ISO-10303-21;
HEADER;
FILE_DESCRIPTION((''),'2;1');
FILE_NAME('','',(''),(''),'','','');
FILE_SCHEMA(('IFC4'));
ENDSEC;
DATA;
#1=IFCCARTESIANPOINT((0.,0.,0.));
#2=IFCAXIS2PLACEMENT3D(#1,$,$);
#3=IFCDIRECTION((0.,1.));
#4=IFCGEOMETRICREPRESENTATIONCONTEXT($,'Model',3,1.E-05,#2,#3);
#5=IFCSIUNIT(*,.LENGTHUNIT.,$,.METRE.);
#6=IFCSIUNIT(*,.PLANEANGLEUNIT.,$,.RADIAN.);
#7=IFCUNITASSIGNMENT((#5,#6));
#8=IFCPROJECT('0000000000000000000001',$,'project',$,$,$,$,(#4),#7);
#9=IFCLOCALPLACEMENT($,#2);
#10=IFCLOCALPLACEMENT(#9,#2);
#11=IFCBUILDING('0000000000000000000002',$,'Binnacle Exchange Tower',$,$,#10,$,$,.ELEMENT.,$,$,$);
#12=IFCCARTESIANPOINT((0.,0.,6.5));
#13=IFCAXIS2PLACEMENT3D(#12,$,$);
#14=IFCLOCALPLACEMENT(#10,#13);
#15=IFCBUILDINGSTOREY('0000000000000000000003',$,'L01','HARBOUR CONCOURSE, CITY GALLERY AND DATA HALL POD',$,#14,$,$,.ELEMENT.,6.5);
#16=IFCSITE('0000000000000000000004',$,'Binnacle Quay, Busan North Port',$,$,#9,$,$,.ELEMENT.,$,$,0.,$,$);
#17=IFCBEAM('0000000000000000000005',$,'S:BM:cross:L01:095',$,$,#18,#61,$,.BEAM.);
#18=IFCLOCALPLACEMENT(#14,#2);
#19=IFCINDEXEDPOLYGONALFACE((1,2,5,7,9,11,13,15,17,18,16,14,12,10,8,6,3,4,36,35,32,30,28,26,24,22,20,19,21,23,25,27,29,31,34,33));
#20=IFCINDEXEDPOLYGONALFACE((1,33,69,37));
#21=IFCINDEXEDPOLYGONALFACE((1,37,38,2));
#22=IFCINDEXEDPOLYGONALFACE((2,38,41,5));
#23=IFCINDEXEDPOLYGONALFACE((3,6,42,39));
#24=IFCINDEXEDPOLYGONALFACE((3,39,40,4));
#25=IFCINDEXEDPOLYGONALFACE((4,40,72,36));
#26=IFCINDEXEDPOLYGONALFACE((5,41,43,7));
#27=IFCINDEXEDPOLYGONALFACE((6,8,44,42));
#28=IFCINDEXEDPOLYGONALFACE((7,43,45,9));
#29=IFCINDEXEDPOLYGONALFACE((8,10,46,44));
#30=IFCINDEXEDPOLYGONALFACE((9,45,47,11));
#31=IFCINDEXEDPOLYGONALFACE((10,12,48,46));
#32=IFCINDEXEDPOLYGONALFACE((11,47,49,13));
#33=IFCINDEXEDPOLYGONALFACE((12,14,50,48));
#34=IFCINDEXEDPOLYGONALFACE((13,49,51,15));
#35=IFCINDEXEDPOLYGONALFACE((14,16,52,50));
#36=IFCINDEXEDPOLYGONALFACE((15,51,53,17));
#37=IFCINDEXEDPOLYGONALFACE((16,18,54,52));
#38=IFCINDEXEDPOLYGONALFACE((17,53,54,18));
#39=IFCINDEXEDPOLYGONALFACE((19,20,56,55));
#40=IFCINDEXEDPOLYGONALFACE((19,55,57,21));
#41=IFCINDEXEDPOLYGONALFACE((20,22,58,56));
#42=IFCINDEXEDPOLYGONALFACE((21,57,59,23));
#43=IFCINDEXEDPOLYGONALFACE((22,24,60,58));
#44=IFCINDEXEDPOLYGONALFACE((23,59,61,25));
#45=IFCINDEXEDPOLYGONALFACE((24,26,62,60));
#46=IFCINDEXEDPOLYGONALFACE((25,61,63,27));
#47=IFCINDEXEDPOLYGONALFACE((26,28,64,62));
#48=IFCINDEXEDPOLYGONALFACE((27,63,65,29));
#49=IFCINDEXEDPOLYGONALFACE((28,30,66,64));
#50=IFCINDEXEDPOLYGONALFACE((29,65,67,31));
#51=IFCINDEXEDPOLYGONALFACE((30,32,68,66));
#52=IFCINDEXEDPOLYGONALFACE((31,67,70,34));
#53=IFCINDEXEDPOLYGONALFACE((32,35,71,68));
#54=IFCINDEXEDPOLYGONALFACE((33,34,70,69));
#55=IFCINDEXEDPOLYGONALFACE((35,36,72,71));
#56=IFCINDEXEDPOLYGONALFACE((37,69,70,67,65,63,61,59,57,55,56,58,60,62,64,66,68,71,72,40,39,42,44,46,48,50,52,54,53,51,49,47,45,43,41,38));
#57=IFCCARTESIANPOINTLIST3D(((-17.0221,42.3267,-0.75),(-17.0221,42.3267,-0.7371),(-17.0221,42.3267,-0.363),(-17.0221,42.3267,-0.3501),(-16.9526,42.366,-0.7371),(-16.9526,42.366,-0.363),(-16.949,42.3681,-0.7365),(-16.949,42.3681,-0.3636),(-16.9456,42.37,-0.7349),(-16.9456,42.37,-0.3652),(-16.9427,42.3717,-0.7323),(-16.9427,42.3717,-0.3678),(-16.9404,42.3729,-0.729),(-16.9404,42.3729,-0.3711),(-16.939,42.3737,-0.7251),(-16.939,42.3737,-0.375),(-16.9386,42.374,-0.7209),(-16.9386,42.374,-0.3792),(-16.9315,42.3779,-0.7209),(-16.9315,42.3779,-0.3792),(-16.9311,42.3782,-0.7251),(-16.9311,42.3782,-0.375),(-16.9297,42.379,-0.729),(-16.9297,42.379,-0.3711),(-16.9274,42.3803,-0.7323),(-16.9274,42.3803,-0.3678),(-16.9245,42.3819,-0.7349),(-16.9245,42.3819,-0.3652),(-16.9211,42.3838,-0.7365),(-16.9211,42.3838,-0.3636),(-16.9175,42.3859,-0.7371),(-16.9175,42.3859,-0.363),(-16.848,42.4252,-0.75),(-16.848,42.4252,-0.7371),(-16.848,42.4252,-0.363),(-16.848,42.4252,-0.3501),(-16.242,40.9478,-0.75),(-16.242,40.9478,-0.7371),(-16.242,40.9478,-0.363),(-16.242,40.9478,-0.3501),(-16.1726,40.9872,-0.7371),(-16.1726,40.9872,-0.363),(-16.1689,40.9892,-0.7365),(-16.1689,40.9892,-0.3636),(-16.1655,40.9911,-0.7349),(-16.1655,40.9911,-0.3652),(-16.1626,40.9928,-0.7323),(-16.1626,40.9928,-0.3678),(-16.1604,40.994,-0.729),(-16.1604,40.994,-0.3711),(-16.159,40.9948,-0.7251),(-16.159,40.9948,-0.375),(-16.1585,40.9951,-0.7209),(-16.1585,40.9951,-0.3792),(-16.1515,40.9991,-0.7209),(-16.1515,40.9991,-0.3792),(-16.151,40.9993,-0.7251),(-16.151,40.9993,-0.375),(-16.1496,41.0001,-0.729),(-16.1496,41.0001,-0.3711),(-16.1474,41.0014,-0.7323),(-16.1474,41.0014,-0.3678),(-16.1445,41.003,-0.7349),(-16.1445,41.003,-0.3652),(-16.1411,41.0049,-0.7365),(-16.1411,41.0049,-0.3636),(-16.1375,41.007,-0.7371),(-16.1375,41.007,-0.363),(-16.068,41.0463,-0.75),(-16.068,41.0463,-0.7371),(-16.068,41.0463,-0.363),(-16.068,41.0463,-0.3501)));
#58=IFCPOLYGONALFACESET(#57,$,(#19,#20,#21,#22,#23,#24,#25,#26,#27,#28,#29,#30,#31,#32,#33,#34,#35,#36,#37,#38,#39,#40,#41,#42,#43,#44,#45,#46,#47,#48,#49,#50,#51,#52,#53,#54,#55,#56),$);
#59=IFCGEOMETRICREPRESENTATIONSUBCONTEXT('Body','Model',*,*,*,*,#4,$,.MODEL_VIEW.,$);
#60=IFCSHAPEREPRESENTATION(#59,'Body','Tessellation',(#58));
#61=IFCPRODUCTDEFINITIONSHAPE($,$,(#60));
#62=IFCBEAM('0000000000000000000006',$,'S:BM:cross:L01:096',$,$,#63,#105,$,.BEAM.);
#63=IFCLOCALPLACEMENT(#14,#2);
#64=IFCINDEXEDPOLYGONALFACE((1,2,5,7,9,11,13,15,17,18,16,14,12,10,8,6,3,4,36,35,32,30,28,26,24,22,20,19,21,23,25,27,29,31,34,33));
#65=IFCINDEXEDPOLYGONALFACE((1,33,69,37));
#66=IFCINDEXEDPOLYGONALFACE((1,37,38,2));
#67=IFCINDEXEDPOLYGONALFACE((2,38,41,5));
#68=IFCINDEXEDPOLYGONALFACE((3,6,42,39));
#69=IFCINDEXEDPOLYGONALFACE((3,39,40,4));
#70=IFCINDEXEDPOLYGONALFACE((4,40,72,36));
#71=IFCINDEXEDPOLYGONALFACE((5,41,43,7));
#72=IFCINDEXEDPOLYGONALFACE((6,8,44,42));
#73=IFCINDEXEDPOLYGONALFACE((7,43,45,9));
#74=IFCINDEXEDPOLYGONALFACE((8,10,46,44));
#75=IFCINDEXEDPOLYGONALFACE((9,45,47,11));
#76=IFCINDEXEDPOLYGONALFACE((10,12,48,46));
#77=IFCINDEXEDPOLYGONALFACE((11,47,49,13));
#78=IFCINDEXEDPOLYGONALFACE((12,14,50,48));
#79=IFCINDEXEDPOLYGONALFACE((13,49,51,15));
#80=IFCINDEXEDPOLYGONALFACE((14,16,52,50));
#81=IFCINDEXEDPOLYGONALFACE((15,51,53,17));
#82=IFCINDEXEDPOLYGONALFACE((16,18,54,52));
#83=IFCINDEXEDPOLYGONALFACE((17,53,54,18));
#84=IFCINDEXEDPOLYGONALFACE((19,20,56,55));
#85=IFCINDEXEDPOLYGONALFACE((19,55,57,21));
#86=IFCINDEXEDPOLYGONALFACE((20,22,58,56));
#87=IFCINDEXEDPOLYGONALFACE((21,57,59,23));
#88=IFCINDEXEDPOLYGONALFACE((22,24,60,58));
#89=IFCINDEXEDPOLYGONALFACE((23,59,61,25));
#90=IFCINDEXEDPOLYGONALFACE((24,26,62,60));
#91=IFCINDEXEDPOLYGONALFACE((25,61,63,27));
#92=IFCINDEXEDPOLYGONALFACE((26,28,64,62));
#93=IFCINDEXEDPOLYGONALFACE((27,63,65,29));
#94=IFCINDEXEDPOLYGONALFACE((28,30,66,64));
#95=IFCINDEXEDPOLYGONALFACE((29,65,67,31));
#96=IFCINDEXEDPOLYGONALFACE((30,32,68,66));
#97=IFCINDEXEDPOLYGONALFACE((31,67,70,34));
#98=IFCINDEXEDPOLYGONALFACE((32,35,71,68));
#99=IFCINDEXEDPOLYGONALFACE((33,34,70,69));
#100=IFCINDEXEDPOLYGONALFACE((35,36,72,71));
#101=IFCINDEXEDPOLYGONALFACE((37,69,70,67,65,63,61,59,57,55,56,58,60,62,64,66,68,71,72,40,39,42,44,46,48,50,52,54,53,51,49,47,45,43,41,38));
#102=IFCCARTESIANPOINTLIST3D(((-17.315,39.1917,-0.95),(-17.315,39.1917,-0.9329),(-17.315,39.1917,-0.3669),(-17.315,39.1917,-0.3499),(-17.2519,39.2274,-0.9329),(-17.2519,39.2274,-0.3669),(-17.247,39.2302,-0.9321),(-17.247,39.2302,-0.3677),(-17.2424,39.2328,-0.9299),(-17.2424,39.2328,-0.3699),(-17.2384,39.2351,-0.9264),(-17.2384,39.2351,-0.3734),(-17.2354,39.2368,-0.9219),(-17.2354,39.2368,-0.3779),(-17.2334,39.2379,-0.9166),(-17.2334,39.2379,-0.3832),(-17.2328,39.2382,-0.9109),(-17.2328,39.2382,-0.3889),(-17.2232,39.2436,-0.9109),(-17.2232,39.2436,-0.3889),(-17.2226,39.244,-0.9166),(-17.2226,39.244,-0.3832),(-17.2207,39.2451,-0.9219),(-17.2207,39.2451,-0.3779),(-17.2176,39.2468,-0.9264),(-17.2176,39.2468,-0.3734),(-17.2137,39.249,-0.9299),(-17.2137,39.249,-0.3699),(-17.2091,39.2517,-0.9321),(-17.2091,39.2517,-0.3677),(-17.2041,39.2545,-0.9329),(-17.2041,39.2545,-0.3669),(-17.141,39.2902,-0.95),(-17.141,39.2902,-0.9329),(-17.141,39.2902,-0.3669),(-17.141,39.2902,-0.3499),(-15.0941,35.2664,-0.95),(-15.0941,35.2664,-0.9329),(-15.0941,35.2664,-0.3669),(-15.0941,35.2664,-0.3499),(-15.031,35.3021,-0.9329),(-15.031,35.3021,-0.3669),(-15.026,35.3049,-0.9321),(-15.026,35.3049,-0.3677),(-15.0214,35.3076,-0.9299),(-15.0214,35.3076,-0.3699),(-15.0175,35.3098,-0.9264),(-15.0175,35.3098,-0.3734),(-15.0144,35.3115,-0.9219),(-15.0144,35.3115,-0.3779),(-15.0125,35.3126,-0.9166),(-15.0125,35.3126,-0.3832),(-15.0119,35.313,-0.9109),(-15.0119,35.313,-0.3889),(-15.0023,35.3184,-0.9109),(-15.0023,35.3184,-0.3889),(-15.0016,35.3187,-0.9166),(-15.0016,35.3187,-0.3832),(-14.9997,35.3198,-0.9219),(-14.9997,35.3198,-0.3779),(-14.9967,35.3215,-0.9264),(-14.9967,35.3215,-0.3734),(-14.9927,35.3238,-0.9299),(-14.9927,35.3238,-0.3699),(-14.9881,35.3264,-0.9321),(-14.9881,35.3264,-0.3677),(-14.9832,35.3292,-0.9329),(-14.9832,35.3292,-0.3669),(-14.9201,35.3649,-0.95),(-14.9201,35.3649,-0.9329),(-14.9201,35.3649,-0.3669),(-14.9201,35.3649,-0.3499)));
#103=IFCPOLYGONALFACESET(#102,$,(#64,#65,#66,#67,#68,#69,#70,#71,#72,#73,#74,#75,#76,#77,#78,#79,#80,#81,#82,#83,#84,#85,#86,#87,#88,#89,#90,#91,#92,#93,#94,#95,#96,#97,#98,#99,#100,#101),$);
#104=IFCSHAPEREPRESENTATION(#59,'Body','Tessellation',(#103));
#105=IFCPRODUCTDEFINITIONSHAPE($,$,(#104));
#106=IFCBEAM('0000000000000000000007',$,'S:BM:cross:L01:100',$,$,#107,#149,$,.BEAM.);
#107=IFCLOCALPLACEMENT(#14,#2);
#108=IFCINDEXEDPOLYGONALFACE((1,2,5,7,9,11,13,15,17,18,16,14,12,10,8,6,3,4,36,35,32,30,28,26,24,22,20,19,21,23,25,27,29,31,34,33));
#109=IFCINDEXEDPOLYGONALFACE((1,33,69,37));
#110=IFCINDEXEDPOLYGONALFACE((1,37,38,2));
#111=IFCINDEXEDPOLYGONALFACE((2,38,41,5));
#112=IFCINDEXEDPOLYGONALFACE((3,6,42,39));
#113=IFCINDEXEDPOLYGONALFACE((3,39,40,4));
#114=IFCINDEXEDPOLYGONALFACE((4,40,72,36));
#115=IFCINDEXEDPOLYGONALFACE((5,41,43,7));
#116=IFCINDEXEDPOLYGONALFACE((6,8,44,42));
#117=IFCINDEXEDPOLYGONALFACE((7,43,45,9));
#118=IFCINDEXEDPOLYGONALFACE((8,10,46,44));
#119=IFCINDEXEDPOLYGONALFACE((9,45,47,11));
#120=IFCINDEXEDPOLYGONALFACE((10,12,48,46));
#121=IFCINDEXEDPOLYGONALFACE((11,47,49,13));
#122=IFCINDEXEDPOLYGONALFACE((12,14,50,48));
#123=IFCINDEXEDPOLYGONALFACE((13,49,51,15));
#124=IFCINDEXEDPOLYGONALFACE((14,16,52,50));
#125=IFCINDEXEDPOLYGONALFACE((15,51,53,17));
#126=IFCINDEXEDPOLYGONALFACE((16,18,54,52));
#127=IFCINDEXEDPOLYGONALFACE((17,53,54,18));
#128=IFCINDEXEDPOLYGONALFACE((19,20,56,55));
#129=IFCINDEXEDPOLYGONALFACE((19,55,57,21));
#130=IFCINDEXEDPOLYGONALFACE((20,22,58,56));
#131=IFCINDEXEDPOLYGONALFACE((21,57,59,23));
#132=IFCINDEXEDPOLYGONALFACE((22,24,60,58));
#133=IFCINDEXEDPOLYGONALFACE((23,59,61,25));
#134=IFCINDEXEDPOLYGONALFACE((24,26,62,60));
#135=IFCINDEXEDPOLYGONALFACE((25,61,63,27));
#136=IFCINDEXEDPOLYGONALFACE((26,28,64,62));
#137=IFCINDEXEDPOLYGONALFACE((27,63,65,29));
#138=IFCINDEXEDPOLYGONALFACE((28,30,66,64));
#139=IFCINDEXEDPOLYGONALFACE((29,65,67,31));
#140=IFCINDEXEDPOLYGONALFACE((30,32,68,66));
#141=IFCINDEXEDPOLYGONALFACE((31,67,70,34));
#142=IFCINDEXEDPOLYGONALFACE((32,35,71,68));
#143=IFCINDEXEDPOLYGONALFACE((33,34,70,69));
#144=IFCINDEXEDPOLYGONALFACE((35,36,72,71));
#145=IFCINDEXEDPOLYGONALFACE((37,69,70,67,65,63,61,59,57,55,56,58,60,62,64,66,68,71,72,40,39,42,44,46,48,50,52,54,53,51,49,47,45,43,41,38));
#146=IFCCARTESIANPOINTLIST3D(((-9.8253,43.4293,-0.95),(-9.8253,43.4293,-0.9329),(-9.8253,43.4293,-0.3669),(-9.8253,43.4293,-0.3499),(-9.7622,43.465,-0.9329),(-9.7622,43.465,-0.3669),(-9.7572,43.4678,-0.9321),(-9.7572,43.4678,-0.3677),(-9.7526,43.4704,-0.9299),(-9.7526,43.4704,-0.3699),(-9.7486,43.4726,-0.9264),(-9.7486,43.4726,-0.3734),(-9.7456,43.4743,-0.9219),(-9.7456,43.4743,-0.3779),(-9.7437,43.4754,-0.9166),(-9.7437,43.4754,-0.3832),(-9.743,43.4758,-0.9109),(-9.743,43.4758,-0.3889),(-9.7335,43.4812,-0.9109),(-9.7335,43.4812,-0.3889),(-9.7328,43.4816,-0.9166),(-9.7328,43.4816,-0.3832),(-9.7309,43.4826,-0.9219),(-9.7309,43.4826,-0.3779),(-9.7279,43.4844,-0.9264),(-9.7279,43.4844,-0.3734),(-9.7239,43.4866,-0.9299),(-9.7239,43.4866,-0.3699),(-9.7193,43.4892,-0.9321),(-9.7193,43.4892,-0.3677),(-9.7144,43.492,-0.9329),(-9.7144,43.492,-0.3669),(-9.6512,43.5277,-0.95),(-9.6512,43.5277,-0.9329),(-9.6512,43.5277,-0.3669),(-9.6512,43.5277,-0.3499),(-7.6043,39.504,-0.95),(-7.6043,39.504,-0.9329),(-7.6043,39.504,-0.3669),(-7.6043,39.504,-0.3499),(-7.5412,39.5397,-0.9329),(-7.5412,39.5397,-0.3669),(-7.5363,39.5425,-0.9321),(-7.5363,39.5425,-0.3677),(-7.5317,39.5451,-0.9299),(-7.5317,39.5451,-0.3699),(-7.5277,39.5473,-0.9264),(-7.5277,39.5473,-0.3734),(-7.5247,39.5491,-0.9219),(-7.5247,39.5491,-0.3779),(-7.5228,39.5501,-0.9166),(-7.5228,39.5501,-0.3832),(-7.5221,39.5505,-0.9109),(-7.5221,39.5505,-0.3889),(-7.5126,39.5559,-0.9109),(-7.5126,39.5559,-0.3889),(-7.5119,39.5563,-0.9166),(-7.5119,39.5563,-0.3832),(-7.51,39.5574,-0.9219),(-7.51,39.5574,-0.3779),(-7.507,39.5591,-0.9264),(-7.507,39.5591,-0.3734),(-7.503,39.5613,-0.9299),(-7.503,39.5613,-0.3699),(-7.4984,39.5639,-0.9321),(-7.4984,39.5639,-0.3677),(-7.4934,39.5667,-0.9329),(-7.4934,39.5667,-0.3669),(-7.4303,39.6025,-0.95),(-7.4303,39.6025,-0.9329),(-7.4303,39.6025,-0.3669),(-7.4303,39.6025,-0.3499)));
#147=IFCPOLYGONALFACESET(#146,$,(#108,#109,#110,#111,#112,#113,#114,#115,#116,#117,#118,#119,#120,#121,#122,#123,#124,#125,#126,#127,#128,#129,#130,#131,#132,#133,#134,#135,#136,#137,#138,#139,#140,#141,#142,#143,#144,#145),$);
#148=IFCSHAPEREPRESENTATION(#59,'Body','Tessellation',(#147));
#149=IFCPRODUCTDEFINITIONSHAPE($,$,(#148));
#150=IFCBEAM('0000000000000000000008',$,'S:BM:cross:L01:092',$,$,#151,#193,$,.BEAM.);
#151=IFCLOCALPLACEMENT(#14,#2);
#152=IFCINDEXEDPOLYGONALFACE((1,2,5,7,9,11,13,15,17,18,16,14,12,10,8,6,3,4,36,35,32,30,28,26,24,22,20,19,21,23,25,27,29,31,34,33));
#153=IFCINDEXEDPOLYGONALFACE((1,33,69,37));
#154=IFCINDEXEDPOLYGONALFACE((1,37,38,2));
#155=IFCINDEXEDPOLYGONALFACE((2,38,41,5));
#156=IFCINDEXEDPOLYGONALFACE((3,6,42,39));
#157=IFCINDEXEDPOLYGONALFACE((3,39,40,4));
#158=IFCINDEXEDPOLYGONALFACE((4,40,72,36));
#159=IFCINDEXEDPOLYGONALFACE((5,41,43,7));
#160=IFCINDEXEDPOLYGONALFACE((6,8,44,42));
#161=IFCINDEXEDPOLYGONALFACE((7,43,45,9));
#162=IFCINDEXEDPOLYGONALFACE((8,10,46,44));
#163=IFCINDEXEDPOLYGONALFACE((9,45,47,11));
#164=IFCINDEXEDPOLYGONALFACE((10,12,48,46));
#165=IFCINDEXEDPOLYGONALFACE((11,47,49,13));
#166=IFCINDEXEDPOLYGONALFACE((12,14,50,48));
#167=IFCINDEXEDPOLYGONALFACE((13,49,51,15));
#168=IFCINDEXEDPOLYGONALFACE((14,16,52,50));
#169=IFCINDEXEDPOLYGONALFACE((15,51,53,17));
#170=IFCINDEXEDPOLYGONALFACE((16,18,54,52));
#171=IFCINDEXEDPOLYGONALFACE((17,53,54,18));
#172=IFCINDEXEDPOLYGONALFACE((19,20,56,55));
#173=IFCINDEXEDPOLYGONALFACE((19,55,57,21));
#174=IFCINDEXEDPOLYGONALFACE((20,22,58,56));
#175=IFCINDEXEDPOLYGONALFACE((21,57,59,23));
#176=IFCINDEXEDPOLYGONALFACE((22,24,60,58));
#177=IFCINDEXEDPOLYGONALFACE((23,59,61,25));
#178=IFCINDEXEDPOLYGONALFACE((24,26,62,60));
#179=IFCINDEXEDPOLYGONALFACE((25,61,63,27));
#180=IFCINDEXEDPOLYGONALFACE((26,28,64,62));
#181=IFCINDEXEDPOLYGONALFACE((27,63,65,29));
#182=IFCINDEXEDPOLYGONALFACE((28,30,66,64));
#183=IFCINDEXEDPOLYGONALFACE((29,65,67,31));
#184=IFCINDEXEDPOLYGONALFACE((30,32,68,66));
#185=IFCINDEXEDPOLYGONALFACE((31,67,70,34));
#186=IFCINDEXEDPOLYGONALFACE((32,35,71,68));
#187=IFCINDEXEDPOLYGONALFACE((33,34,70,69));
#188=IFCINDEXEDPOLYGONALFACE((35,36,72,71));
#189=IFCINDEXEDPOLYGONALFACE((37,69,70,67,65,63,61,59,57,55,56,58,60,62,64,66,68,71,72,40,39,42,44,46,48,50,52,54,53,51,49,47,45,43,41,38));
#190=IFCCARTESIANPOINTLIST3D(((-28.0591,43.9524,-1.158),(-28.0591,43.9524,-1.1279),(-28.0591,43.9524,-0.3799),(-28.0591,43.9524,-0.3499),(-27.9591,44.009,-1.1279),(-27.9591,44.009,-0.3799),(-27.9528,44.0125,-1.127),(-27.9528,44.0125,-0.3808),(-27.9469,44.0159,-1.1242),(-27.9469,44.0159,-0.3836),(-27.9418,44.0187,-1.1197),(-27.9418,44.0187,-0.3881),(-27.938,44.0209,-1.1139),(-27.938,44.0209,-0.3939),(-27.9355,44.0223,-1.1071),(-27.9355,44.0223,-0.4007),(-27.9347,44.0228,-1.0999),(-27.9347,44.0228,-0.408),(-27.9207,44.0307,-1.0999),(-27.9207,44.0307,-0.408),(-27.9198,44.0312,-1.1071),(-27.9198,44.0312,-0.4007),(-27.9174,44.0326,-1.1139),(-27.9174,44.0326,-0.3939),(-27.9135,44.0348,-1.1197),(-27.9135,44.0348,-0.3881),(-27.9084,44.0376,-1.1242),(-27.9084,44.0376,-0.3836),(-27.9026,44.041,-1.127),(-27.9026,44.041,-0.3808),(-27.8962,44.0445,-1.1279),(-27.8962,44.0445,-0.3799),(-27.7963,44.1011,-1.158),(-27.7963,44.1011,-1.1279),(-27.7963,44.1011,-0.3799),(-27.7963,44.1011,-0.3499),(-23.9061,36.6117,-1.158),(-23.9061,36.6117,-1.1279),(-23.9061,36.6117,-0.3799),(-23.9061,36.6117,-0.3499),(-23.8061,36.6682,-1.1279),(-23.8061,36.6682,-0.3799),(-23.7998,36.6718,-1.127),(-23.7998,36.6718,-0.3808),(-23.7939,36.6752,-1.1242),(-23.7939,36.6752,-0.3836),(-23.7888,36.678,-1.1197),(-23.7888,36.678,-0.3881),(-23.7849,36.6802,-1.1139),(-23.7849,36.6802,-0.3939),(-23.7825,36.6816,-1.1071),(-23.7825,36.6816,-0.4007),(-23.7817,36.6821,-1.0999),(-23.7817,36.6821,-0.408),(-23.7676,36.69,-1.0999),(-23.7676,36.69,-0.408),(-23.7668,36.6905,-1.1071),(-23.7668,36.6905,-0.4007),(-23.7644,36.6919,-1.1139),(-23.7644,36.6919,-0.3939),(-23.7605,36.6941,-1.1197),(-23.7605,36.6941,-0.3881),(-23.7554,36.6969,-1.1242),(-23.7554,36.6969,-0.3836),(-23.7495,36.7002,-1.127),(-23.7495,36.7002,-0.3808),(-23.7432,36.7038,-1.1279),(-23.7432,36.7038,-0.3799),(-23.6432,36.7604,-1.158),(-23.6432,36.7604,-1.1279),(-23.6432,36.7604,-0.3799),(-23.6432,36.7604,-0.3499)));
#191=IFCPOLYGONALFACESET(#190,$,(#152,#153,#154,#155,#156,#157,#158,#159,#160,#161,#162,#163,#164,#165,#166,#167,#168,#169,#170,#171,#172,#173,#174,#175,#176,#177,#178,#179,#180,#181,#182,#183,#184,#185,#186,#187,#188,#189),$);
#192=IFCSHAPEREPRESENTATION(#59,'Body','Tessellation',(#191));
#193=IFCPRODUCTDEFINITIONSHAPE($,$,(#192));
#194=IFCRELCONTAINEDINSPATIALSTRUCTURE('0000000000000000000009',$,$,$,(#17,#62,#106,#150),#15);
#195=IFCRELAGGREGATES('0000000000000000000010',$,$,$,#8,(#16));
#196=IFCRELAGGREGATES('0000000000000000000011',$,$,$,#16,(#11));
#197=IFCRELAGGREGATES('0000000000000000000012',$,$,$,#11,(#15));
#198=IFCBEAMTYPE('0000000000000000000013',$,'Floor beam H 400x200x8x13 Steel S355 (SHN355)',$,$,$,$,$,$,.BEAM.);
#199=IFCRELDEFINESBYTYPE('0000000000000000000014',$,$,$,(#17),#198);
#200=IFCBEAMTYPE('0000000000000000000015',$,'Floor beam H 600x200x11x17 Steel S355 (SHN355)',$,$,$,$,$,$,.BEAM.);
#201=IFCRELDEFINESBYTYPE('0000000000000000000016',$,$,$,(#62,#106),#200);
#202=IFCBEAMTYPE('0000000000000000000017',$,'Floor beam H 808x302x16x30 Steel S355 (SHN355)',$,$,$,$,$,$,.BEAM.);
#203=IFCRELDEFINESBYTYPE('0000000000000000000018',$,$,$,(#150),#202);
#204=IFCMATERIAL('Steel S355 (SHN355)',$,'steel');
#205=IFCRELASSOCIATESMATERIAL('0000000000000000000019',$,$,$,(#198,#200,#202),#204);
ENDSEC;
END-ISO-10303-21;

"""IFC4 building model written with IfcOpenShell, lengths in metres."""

from ifc_helpers import new_model, si_unit, direction, frame, origin, origin_2d, place, context, subcontext, project, spatial, i_section, extrude, material, material_profile, profile_set, type_object, element, save


model = new_model("IFC4")

# Units and contexts
model_context = context("Model", 3, precision=1e-05, world=origin(), true_north=direction((0.0, 1.0)))
body_context = subcontext(model_context, "Body", "Model", "MODEL_VIEW")
ifc_project = project(units=[si_unit("LENGTHUNIT", "METRE"), si_unit("PLANEANGLEUNIT", "RADIAN")], contexts=[model_context])

# Site, building, storey
site_placement = place(None, origin())
site = spatial("IfcSite", under=ifc_project, at=site_placement, Name="Binnacle Quay, Busan North Port", CompositionType="ELEMENT", RefElevation=0.0)
building_placement = place(site_placement, origin())
building = spatial("IfcBuilding", under=site, at=building_placement, Name="Binnacle Exchange Tower", CompositionType="ELEMENT")
storey_placement = place(building_placement, frame((0.0, 0.0, 6.5)))
storey = spatial("IfcBuildingStorey", under=building, at=storey_placement, Name="L01", Description="HARBOUR CONCOURSE, CITY GALLERY AND DATA HALL POD", CompositionType="ELEMENT", Elevation=6.5)

# Beams
ifc_material_1 = material(Name="Steel S355 (SHN355)", Category="steel")
ifc_material_profile_1 = material_profile(ifc_material_1, i_section(OverallWidth=0.2, OverallDepth=0.3999, WebThickness=0.0081, FlangeThickness=0.0129, FilletRadius=0.0161, at=origin_2d()), Name="H 400x200x8x13")
ifc_profile_set_1 = profile_set([ifc_material_profile_1], Name="Steel S355 (SHN355)")
beam_type_1 = type_object("IfcBeamType", Name="Floor beam H 400x200x8x13 Steel S355 (SHN355)", PredefinedType="BEAM", material=ifc_profile_set_1)
beam_1_placement = place(storey_placement, frame((-16.155, 40.9971, -0.55), z_axis=(-0.492367, 0.870388, 0.0), x_axis=(-0.870388, -0.492367, 0.0)))
element("IfcBeam", 1, at=beam_1_placement, inside=storey, type_object=beam_type_1, Name="S:BM:cross:L01:095", PredefinedType="BEAM", context=body_context, shape_type="SweptSolid", body=[
    extrude(i_section(OverallWidth=0.2, OverallDepth=0.3999, WebThickness=0.0081, FlangeThickness=0.0129, FilletRadius=0.0161, at=origin_2d()), origin(), (0.0, 0.0, 1.0), 1.5842),
])
ifc_material_profile_2 = material_profile(ifc_material_1, i_section(OverallWidth=0.2, OverallDepth=0.6001, WebThickness=0.011, FlangeThickness=0.0171, FilletRadius=0.022, at=origin_2d()), Name="H 600x200x11x17")
ifc_profile_set_2 = profile_set([ifc_material_profile_2], Name="Steel S355 (SHN355)")
beam_type_2 = type_object("IfcBeamType", Name="Floor beam H 600x200x11x17 Steel S355 (SHN355)", PredefinedType="BEAM", material=ifc_profile_set_2)
for number, where, z_axis, x_axis, name in (
    (2, (-15.0071, 35.3157, -0.6499), (-0.492444, 0.870344, 0.0), (-0.870344, -0.492444, 0.0), "S:BM:cross:L01:096"),
    (3, (-7.5173, 39.5532, -0.6499), (-0.492444, 0.870344, 0.0), (-0.870344, -0.492444, 0.0), "S:BM:cross:L01:100"),
):
    element("IfcBeam", number, at=place(storey_placement, frame(where, z_axis=z_axis, x_axis=x_axis)), inside=storey, type_object=beam_type_2, Name=name, PredefinedType="BEAM", context=body_context, shape_type="SweptSolid", body=[
        extrude(i_section(OverallWidth=0.2, OverallDepth=0.6001, WebThickness=0.011, FlangeThickness=0.0171, FilletRadius=0.022, at=origin_2d()), origin(), (0.0, 0.0, 1.0), 4.51),
    ])
ifc_material_profile_3 = material_profile(ifc_material_1, i_section(OverallWidth=0.302, OverallDepth=0.8081, WebThickness=0.0161, FlangeThickness=0.03, FilletRadius=0.0281, at=origin_2d()), Name="H 808x302x16x30")
ifc_profile_set_3 = profile_set([ifc_material_profile_3], Name="Steel S355 (SHN355)")
beam_type_3 = type_object("IfcBeamType", Name="Floor beam H 808x302x16x30 Steel S355 (SHN355)", PredefinedType="BEAM", material=ifc_profile_set_3)
beam_2_placement = place(storey_placement, frame((-23.7747, 36.686, -0.7539), z_axis=(-0.492409, 0.870364, 0.0), x_axis=(-0.870364, -0.492409, 0.0)))
element("IfcBeam", 4, at=beam_2_placement, inside=storey, type_object=beam_type_3, Name="S:BM:cross:L01:092", PredefinedType="BEAM", context=body_context, shape_type="SweptSolid", body=[
    extrude(i_section(OverallWidth=0.302, OverallDepth=0.8081, WebThickness=0.0161, FlangeThickness=0.03, FilletRadius=0.0281, at=origin_2d()), origin(), (0.0, 0.0, 1.0), 8.4341),
])

save(model, "model.ifc")
